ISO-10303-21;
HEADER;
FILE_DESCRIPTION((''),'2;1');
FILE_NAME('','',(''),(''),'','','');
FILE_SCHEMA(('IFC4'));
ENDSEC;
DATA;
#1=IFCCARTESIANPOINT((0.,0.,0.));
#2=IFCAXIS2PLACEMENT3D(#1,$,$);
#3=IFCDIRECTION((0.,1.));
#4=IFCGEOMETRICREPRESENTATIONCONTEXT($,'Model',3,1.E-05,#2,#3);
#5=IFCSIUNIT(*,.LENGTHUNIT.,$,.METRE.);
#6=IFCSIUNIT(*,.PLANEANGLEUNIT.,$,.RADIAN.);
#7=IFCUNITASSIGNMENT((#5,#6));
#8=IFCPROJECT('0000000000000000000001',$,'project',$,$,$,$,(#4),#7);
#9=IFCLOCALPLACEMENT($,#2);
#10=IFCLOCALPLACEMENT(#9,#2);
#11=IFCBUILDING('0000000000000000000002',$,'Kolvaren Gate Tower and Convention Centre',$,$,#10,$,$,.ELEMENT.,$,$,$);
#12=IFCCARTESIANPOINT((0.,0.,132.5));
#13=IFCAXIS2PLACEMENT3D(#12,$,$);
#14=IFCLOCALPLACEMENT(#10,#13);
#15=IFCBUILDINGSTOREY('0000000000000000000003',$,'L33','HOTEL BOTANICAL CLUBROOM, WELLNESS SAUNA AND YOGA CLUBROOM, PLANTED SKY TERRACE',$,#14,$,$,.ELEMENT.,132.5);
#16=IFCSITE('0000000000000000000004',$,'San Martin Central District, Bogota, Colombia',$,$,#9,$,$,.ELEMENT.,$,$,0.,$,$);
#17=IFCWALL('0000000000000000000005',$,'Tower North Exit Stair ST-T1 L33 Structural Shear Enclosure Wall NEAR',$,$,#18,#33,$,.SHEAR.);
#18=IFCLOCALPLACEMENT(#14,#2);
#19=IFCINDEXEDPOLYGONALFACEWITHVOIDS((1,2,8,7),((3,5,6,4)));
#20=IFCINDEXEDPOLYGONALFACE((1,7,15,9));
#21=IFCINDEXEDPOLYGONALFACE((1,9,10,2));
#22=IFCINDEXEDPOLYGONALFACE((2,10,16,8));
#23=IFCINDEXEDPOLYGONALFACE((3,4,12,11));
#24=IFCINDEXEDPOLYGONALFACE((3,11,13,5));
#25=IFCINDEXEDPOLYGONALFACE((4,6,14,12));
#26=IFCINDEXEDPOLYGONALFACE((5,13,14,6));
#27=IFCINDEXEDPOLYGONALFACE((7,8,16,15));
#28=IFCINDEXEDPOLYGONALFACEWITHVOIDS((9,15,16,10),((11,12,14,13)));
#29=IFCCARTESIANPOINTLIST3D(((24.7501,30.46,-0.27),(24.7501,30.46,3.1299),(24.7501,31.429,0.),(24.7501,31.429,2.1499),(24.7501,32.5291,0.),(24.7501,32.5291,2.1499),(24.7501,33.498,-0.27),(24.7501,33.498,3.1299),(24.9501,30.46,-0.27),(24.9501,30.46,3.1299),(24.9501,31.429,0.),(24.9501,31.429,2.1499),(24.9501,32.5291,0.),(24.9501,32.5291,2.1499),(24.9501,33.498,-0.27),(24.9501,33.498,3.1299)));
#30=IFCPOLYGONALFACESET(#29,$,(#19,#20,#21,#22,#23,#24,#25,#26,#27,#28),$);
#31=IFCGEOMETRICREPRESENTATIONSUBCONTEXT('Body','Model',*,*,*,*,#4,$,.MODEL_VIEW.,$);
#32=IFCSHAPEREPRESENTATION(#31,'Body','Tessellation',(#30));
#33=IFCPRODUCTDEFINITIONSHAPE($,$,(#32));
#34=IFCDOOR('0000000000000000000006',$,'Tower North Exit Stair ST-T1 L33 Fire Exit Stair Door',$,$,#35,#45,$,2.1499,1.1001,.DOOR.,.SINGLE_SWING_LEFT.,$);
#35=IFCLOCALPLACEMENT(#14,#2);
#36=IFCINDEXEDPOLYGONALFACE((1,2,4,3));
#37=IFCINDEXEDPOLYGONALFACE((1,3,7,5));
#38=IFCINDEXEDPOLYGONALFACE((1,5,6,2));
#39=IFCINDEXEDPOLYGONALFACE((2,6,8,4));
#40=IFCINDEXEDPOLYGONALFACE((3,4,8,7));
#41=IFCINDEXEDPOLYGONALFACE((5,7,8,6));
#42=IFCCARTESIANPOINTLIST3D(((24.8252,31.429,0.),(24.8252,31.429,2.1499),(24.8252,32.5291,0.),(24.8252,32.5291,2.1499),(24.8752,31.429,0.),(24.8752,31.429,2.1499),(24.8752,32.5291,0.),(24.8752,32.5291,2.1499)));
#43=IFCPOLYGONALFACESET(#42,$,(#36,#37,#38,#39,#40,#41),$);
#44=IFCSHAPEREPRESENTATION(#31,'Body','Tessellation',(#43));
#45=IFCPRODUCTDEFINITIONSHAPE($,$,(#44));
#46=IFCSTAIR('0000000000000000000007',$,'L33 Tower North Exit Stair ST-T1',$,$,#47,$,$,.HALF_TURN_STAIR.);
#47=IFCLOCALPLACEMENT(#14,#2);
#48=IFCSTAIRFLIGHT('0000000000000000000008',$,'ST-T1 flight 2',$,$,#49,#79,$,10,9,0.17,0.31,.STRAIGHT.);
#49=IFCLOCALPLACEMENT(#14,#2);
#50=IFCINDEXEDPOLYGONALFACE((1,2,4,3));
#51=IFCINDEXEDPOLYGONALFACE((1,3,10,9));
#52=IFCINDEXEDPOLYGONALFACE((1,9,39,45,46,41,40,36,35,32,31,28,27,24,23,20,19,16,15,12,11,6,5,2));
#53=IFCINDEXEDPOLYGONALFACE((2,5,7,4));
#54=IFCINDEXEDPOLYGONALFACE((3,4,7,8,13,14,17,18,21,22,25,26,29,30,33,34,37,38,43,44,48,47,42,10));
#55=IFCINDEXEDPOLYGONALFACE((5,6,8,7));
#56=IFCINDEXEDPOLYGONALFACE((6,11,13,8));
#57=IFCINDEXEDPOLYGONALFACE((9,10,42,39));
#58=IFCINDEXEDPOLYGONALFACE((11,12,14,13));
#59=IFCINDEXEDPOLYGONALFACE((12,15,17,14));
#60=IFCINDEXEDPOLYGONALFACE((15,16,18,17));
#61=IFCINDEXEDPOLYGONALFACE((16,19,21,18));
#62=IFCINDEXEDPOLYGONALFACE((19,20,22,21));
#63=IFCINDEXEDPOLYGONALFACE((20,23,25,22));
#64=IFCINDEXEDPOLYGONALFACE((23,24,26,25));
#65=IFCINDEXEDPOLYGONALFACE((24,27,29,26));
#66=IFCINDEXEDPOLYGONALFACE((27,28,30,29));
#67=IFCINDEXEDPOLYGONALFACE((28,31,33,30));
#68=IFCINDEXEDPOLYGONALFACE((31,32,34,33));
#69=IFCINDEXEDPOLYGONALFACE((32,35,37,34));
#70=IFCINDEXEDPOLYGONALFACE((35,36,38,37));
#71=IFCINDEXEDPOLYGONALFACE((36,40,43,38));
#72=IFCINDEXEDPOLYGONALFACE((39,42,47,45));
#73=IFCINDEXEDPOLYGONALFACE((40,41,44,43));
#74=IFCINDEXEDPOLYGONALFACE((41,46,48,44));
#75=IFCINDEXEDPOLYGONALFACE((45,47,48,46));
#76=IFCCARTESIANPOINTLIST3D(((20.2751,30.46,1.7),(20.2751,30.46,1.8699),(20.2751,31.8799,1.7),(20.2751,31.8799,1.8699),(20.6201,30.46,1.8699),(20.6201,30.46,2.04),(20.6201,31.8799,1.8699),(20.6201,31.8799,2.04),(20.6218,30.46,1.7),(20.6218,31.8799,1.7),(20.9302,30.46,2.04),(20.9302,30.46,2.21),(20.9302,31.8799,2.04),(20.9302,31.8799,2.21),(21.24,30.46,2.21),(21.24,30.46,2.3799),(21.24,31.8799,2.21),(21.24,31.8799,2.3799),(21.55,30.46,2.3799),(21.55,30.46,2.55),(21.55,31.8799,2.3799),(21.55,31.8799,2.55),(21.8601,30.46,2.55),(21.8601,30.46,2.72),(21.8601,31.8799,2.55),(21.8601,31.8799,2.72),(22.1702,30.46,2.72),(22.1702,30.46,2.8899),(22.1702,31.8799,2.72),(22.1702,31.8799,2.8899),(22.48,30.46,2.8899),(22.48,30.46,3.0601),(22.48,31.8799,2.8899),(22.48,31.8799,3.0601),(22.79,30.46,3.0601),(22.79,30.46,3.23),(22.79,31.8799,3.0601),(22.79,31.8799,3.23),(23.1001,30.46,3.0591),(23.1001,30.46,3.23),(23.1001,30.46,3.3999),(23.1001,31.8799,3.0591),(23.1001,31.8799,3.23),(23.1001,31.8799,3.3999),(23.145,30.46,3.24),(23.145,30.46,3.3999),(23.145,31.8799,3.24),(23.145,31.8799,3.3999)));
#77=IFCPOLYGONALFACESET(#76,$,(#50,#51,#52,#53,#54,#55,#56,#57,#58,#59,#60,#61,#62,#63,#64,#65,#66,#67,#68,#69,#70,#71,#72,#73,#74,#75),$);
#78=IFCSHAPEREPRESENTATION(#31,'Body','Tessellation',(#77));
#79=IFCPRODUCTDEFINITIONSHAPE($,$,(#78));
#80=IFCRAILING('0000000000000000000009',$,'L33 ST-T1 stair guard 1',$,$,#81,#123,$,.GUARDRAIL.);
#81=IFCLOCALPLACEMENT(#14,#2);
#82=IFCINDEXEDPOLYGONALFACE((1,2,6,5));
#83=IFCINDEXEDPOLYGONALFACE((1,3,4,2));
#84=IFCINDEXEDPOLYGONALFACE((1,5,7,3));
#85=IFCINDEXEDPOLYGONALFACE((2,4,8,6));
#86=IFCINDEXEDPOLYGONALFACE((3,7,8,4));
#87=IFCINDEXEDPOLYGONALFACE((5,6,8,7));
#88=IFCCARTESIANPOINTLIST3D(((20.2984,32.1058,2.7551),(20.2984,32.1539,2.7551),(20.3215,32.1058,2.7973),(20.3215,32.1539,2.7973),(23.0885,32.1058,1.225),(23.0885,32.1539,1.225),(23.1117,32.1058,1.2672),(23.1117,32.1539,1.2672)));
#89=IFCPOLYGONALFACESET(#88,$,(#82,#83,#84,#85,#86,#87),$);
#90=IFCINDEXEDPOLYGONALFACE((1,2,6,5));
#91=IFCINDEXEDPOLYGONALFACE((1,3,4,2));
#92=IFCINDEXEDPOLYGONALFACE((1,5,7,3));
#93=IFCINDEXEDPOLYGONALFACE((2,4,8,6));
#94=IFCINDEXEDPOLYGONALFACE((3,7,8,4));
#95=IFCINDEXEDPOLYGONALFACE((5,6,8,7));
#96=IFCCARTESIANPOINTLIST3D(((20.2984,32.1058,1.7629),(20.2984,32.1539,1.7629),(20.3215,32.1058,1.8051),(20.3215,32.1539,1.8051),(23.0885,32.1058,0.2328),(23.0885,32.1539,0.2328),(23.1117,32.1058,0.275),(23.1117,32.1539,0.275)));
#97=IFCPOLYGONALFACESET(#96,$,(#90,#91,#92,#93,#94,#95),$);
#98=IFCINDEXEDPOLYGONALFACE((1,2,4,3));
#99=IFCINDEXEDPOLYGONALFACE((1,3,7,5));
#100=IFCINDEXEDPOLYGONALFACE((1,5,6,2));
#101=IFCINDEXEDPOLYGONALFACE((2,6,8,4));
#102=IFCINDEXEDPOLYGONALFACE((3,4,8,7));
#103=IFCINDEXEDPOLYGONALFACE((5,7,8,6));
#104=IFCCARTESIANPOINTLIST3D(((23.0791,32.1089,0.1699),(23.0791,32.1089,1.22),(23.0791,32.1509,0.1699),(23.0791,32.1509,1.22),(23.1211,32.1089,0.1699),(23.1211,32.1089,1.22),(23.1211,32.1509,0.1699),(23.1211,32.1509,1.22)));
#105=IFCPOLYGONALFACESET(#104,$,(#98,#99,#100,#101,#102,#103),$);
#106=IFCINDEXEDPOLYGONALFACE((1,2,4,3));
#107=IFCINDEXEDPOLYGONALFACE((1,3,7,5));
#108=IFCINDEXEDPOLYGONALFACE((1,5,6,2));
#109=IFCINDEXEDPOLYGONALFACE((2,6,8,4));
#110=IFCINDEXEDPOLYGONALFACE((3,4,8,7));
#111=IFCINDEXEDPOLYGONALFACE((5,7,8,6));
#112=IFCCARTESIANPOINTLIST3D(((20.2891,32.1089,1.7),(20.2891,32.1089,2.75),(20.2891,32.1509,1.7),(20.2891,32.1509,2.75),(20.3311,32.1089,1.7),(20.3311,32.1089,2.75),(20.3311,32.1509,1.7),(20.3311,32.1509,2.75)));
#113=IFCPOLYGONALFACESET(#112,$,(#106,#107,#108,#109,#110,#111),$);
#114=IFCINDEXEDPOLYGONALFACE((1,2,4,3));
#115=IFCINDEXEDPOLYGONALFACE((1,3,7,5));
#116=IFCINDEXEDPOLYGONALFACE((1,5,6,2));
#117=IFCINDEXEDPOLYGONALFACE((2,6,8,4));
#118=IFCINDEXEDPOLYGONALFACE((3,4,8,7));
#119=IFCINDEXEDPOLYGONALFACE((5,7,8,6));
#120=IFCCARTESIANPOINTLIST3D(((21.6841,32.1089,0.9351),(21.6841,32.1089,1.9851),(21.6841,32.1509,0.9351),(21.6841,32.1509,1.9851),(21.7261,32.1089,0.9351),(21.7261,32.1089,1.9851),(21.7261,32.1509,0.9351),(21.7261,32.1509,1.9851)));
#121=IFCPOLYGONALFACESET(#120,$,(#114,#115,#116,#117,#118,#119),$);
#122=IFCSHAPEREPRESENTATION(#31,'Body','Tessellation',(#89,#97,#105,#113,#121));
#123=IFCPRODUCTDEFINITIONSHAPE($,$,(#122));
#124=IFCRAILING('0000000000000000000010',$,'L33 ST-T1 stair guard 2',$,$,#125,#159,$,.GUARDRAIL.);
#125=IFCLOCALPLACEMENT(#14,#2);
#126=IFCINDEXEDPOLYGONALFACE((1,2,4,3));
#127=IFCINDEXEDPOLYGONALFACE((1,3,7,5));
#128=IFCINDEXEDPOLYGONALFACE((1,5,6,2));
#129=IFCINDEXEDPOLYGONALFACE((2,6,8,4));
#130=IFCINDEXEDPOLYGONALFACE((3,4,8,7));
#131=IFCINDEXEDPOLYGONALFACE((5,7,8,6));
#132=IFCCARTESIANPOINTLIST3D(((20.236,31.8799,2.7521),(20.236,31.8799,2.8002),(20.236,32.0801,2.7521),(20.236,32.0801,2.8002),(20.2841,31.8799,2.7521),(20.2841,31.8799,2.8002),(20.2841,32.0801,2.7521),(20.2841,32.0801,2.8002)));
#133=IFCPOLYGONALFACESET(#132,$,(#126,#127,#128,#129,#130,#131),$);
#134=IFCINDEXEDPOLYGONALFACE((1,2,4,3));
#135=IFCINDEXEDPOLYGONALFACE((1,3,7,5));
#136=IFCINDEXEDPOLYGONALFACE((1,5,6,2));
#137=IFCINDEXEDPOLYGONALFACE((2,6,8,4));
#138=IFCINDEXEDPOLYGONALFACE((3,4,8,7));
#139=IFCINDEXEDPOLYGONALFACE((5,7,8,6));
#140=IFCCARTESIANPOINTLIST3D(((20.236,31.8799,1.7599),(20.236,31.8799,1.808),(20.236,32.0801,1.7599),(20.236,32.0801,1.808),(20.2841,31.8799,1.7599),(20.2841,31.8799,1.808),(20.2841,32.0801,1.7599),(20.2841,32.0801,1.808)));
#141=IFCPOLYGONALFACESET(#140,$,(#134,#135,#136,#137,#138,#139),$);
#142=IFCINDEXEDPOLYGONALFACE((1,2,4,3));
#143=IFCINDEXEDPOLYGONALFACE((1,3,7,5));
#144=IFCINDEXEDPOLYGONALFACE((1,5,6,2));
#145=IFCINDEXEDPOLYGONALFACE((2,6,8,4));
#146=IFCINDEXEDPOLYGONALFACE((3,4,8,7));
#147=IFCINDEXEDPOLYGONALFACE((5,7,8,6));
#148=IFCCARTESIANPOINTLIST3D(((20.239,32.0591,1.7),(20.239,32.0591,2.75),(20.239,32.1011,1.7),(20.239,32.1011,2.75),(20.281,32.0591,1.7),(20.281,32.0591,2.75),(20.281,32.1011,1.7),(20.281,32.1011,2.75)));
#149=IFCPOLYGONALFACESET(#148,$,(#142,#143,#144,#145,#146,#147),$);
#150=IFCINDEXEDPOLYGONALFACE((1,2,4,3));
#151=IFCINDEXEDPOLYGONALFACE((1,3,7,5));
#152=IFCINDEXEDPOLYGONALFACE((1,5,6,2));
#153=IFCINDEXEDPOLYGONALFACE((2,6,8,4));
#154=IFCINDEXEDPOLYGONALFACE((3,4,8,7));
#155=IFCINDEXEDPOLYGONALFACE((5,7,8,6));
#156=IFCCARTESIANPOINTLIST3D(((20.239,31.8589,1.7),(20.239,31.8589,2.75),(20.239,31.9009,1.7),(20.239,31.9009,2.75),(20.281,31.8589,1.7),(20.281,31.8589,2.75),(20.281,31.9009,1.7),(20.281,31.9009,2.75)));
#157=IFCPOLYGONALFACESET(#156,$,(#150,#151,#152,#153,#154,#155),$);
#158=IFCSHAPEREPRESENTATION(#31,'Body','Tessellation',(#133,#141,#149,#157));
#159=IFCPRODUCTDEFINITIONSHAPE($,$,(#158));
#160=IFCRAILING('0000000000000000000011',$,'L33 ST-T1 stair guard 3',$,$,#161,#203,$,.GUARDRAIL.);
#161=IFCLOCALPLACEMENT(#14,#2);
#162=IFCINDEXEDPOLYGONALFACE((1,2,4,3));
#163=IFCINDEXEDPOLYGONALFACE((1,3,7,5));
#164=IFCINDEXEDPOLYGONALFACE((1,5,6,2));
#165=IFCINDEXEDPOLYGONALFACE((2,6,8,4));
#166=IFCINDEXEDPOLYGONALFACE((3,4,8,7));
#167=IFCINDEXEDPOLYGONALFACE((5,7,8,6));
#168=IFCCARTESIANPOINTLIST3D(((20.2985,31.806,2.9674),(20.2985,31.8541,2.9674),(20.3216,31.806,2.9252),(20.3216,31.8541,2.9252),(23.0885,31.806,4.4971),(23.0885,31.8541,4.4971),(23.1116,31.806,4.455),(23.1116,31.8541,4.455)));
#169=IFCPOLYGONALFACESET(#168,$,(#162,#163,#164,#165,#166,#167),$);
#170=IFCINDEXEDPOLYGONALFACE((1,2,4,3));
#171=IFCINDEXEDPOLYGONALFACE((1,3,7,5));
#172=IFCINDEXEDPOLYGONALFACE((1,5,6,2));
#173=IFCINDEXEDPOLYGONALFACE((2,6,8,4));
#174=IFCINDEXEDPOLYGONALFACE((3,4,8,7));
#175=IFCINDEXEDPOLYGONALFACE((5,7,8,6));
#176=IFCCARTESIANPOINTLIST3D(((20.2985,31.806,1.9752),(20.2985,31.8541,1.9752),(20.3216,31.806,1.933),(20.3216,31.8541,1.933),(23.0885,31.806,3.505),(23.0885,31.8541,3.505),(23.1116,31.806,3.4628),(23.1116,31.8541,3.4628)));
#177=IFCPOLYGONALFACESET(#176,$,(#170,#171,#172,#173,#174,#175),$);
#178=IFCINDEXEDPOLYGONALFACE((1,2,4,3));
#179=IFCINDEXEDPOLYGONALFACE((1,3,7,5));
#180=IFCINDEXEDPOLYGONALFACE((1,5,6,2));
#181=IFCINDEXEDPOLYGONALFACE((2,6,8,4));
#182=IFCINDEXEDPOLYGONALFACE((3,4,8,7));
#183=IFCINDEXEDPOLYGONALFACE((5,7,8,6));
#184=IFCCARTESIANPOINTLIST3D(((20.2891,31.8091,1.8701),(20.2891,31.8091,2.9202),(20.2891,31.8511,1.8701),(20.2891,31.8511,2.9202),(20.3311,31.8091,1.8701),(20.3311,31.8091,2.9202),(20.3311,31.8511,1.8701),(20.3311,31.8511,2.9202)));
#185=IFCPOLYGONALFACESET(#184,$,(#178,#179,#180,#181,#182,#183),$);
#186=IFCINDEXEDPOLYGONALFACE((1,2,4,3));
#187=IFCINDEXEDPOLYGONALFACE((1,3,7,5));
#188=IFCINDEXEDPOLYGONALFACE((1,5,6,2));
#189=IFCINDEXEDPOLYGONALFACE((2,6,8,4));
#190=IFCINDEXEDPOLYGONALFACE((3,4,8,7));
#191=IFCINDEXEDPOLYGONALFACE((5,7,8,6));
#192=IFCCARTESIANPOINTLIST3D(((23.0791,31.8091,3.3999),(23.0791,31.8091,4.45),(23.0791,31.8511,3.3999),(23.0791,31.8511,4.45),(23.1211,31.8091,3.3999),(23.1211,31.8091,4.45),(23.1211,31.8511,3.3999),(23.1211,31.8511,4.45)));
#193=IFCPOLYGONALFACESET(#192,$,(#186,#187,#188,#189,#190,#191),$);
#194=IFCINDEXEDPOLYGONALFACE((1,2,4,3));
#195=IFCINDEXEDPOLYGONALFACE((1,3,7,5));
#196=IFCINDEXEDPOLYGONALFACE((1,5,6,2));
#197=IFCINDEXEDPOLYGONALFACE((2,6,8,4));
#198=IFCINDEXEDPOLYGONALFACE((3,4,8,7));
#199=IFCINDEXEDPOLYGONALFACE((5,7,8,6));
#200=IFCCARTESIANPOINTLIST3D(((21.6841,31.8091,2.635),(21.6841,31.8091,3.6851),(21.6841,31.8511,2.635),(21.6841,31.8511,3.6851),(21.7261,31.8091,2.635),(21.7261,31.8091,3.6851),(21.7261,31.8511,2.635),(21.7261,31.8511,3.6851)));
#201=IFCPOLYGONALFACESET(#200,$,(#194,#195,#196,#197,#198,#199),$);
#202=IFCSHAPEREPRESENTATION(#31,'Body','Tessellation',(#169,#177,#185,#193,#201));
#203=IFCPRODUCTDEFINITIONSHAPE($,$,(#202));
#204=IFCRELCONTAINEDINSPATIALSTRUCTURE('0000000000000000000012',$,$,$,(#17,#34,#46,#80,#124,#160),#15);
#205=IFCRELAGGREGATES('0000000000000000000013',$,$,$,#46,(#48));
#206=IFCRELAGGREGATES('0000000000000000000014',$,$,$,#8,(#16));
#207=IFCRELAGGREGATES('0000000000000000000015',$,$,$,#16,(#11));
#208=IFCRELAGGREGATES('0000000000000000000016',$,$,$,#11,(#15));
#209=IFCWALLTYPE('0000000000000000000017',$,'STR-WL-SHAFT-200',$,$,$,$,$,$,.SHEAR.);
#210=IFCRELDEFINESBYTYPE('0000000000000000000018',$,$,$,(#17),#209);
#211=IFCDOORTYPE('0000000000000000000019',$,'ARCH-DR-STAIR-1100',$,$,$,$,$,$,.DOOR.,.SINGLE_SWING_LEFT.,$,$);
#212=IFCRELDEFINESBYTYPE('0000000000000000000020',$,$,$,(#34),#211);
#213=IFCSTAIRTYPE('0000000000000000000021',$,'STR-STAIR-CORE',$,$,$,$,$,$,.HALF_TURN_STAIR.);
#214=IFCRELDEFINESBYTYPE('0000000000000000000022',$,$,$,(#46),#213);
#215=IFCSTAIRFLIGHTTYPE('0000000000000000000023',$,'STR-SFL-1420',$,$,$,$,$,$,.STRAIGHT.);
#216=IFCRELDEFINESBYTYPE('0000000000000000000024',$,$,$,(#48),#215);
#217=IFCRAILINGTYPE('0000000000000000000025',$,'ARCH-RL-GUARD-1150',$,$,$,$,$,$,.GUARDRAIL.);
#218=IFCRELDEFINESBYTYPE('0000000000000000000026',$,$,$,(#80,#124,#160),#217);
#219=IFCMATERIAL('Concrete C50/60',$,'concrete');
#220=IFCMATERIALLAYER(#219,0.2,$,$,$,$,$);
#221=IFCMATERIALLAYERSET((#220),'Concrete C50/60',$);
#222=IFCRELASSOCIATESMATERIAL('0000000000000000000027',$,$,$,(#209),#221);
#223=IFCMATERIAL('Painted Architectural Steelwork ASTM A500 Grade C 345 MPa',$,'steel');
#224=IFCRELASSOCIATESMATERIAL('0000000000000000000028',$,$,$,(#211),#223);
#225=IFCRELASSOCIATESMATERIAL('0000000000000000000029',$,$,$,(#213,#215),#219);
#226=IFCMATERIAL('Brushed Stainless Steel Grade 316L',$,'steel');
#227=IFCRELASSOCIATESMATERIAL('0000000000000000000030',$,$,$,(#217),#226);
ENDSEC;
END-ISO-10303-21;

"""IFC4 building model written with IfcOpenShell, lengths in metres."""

from ifc_helpers import new_model, si_unit, direction, frame, frame_2d, origin, origin_2d, place, context, subcontext, project, spatial, polyline, rectangle, outline, extrude, material, layer, layer_set, type_object, element, fill, aggregate, save


model = new_model("IFC4")

# Units and contexts
model_context = context("Model", 3, precision=1e-05, world=origin(), true_north=direction((0.0, 1.0)))
body_context = subcontext(model_context, "Body", "Model", "MODEL_VIEW")
ifc_project = project(units=[si_unit("LENGTHUNIT", "METRE"), si_unit("PLANEANGLEUNIT", "RADIAN")], contexts=[model_context])

# Site, building, storey
site_placement = place(None, origin())
site = spatial("IfcSite", under=ifc_project, at=site_placement, Name="San Martin Central District, Bogota, Colombia", CompositionType="ELEMENT", RefElevation=0.0)
building_placement = place(site_placement, origin())
building = spatial("IfcBuilding", under=site, at=building_placement, Name="Kolvaren Gate Tower and Convention Centre", CompositionType="ELEMENT")
storey_placement = place(building_placement, frame((0.0, 0.0, 132.5)))
storey = spatial("IfcBuildingStorey", under=building, at=storey_placement, Name="L33", Description="HOTEL BOTANICAL CLUBROOM, WELLNESS SAUNA AND YOGA CLUBROOM, PLANTED SKY TERRACE", CompositionType="ELEMENT", Elevation=132.5)

# Shared definitions
ifc_material_1 = material(Name="Brushed Stainless Steel Grade 316L", Category="steel")

# Wall, opening, door
ifc_material_2 = material(Name="Concrete C50/60", Category="concrete")
ifc_layer_1 = layer(ifc_material_2, 0.2)
ifc_layer_set_1 = layer_set([ifc_layer_1], Name="Concrete C50/60")
wall_type_1 = type_object("IfcWallType", Name="STR-WL-SHAFT-200", PredefinedType="SHEAR", material=ifc_layer_set_1)
wall_1_placement = place(storey_placement, frame((24.8501, 30.46, -0.27), z_axis=(0.0, 0.0, 1.0), x_axis=(0.0, 1.0, 0.0)))
wall_1 = element("IfcWall", 1, at=wall_1_placement, inside=storey, type_object=wall_type_1, Name="Tower North Exit Stair ST-T1 L33 Structural Shear Enclosure Wall NEAR", PredefinedType="SHEAR", context=body_context, shape_type="SweptSolid", body=[
    extrude(rectangle(XDim=3.0381, YDim=0.2, at=frame_2d((1.519, 0.0))), origin(), (0.0, 0.0, 1.0), 3.3999),
])
opening_1_placement = place(wall_1_placement, frame((0.969, 0.0, 0.27)))
opening_1 = element("IfcOpeningElement", 2, at=opening_1_placement, cuts=wall_1, PredefinedType="OPENING", context=body_context, shape_type="SweptSolid", body=[
    extrude(rectangle(XDim=1.1001, YDim=2.1499, at=frame_2d((0.55, 1.075))), frame((0.0, 0.1099, 0.0), z_axis=(0.0, -1.0, 0.0), x_axis=(1.0, 0.0, 0.0)), (0.0, 0.0, 1.0), 0.22),
])
ifc_material_3 = material(Name="Painted Architectural Steelwork ASTM A500 Grade C 345 MPa", Category="steel")
door_type_1 = type_object("IfcDoorType", Name="ARCH-DR-STAIR-1100", OperationType="SINGLE_SWING_LEFT", PredefinedType="DOOR", material=ifc_material_3)
door_1_placement = place(opening_1_placement, origin())
door_1 = element("IfcDoor", 3, at=door_1_placement, inside=storey, type_object=door_type_1, Name="Tower North Exit Stair ST-T1 L33 Fire Exit Stair Door", OperationType="SINGLE_SWING_LEFT", OverallHeight=2.1499, OverallWidth=1.1001, PredefinedType="DOOR", context=body_context, shape_type="SweptSolid", body=[
    extrude(rectangle(XDim=1.1001, YDim=2.1499, at=frame_2d((0.55, 1.075))), frame((0.0, 0.0249, 0.0), z_axis=(0.0, -1.0, 0.0), x_axis=(1.0, 0.0, 0.0)), (0.0, 0.0, 1.0), 0.05),
])
fill(opening_1, door_1)

# Stair, stair flight
stair_type = type_object("IfcStairType", Name="STR-STAIR-CORE", PredefinedType="HALF_TURN_STAIR", material=ifc_material_2)
stair_placement = place(storey_placement, origin())
stair = element("IfcStair", 4, at=stair_placement, inside=storey, type_object=stair_type, Name="L33 Tower North Exit Stair ST-T1", PredefinedType="HALF_TURN_STAIR")
stair_flight_type = type_object("IfcStairFlightType", Name="STR-SFL-1420", PredefinedType="STRAIGHT", material=ifc_material_2)
stair_flight_placement = place(storey_placement, frame((20.3101, 31.1699, 1.7), z_axis=(0.0, 0.0, 1.0), x_axis=(1.0, 0.0, 0.0)))
stair_flight = element("IfcStairFlight", 5, at=stair_flight_placement, type_object=stair_flight_type, Name="ST-T1 flight 2", NumberOfRisers=10, NumberOfTreads=9, PredefinedType="STRAIGHT", RiserHeight=0.17, TreadLength=0.31, context=body_context, shape_type="SweptSolid", body=[
    extrude(outline(polyline([(-0.0349, 0.0), (-0.0349, 0.1699), (0.3101, 0.1699), (0.3101, 0.3401), (0.6201, 0.3401), (0.6201, 0.51), (0.9299, 0.51), (0.9299, 0.6799), (1.24, 0.6799), (1.24, 0.8501), (1.55, 0.8501), (1.55, 1.02), (1.8601, 1.02), (1.8601, 1.1899), (2.1699, 1.1899), (2.1699, 1.3601), (2.48, 1.3601), (2.48, 1.53), (2.79, 1.53), (2.79, 1.7), (2.835, 1.7), (2.835, 1.54), (2.79, 1.3591), (0.3118, 0.0), (-0.0349, 0.0)])), frame((0.0, 0.71, 0.0), z_axis=(0.0, -1.0, 0.0), x_axis=(1.0, 0.0, 0.0)), (0.0, 0.0, 1.0), 1.4199),
])
aggregate(stair, [stair_flight])

# Railings
railing_type_1 = type_object("IfcRailingType", Name="ARCH-RL-GUARD-1150", PredefinedType="GUARDRAIL", material=ifc_material_1)
railing_1_placement = place(storey_placement, frame((23.1001, 32.1299, 0.1699)))
element("IfcRailing", 6, at=railing_1_placement, inside=storey, type_object=railing_type_1, Name="L33 ST-T1 stair guard 1", PredefinedType="GUARDRAIL", context=body_context, shape_type="SweptSolid", body=[
    extrude(rectangle(XDim=0.0481, YDim=0.0481, at=origin_2d()), frame((0.0, 0.0, 1.0762), z_axis=(-0.876811, 0.0, 0.480835), x_axis=(0.0, -1.0, 0.0)), (0.0, 0.0, 1.0), 3.1821),
    extrude(rectangle(XDim=0.0481, YDim=0.0481, at=origin_2d()), frame((0.0, 0.0, 0.084), z_axis=(-0.876811, 0.0, 0.480835), x_axis=(0.0, -1.0, 0.0)), (0.0, 0.0, 1.0), 3.1821),
    extrude(rectangle(XDim=0.042, YDim=0.042, at=origin_2d()), origin(), (0.0, 0.0, 1.0), 1.05),
    extrude(rectangle(XDim=0.042, YDim=0.042, at=origin_2d()), frame((-2.79, 0.0, 1.53)), (0.0, 0.0, 1.0), 1.05),
    extrude(rectangle(XDim=0.042, YDim=0.042, at=origin_2d()), frame((-1.395, 0.0, 0.7651)), (0.0, 0.0, 1.0), 1.05),
])
railing_2_placement = place(storey_placement, frame((20.26, 32.0801, 1.7)))
element("IfcRailing", 7, at=railing_2_placement, inside=storey, type_object=railing_type_1, Name="L33 ST-T1 stair guard 2", PredefinedType="GUARDRAIL", context=body_context, shape_type="SweptSolid", body=[
    extrude(rectangle(XDim=0.0481, YDim=0.0481, at=origin_2d()), frame((0.0, 0.0, 1.0762), z_axis=(0.0, -1.0, 0.0), x_axis=(1.0, 0.0, 0.0)), (0.0, 0.0, 1.0), 0.2002),
    extrude(rectangle(XDim=0.0481, YDim=0.0481, at=origin_2d()), frame((0.0, 0.0, 0.084), z_axis=(0.0, -1.0, 0.0), x_axis=(1.0, 0.0, 0.0)), (0.0, 0.0, 1.0), 0.2002),
    extrude(rectangle(XDim=0.042, YDim=0.042, at=origin_2d()), origin(), (0.0, 0.0, 1.0), 1.05),
    extrude(rectangle(XDim=0.042, YDim=0.042, at=origin_2d()), frame((0.0, -0.2002, 0.0)), (0.0, 0.0, 1.0), 1.05),
])
railing_3_placement = place(storey_placement, frame((20.3101, 31.8301, 1.8701)))
element("IfcRailing", 8, at=railing_3_placement, inside=storey, type_object=railing_type_1, Name="L33 ST-T1 stair guard 3", PredefinedType="GUARDRAIL", context=body_context, shape_type="SweptSolid", body=[
    extrude(rectangle(XDim=0.0481, YDim=0.0481, at=origin_2d()), frame((0.0, 0.0, 1.0762), z_axis=(0.876844, 0.0, 0.480776), x_axis=(0.0, 1.0, 0.0)), (0.0, 0.0, 1.0), 3.1819),
    extrude(rectangle(XDim=0.0481, YDim=0.0481, at=origin_2d()), frame((0.0, 0.0, 0.084), z_axis=(0.876844, 0.0, 0.480776), x_axis=(0.0, 1.0, 0.0)), (0.0, 0.0, 1.0), 3.1819),
    extrude(rectangle(XDim=0.042, YDim=0.042, at=origin_2d()), origin(), (0.0, 0.0, 1.0), 1.05),
    extrude(rectangle(XDim=0.042, YDim=0.042, at=origin_2d()), frame((2.79, 0.0, 1.5298)), (0.0, 0.0, 1.0), 1.05),
    extrude(rectangle(XDim=0.042, YDim=0.042, at=origin_2d()), frame((1.395, 0.0, 0.7649)), (0.0, 0.0, 1.0), 1.05),
])

save(model, "model.ifc")
